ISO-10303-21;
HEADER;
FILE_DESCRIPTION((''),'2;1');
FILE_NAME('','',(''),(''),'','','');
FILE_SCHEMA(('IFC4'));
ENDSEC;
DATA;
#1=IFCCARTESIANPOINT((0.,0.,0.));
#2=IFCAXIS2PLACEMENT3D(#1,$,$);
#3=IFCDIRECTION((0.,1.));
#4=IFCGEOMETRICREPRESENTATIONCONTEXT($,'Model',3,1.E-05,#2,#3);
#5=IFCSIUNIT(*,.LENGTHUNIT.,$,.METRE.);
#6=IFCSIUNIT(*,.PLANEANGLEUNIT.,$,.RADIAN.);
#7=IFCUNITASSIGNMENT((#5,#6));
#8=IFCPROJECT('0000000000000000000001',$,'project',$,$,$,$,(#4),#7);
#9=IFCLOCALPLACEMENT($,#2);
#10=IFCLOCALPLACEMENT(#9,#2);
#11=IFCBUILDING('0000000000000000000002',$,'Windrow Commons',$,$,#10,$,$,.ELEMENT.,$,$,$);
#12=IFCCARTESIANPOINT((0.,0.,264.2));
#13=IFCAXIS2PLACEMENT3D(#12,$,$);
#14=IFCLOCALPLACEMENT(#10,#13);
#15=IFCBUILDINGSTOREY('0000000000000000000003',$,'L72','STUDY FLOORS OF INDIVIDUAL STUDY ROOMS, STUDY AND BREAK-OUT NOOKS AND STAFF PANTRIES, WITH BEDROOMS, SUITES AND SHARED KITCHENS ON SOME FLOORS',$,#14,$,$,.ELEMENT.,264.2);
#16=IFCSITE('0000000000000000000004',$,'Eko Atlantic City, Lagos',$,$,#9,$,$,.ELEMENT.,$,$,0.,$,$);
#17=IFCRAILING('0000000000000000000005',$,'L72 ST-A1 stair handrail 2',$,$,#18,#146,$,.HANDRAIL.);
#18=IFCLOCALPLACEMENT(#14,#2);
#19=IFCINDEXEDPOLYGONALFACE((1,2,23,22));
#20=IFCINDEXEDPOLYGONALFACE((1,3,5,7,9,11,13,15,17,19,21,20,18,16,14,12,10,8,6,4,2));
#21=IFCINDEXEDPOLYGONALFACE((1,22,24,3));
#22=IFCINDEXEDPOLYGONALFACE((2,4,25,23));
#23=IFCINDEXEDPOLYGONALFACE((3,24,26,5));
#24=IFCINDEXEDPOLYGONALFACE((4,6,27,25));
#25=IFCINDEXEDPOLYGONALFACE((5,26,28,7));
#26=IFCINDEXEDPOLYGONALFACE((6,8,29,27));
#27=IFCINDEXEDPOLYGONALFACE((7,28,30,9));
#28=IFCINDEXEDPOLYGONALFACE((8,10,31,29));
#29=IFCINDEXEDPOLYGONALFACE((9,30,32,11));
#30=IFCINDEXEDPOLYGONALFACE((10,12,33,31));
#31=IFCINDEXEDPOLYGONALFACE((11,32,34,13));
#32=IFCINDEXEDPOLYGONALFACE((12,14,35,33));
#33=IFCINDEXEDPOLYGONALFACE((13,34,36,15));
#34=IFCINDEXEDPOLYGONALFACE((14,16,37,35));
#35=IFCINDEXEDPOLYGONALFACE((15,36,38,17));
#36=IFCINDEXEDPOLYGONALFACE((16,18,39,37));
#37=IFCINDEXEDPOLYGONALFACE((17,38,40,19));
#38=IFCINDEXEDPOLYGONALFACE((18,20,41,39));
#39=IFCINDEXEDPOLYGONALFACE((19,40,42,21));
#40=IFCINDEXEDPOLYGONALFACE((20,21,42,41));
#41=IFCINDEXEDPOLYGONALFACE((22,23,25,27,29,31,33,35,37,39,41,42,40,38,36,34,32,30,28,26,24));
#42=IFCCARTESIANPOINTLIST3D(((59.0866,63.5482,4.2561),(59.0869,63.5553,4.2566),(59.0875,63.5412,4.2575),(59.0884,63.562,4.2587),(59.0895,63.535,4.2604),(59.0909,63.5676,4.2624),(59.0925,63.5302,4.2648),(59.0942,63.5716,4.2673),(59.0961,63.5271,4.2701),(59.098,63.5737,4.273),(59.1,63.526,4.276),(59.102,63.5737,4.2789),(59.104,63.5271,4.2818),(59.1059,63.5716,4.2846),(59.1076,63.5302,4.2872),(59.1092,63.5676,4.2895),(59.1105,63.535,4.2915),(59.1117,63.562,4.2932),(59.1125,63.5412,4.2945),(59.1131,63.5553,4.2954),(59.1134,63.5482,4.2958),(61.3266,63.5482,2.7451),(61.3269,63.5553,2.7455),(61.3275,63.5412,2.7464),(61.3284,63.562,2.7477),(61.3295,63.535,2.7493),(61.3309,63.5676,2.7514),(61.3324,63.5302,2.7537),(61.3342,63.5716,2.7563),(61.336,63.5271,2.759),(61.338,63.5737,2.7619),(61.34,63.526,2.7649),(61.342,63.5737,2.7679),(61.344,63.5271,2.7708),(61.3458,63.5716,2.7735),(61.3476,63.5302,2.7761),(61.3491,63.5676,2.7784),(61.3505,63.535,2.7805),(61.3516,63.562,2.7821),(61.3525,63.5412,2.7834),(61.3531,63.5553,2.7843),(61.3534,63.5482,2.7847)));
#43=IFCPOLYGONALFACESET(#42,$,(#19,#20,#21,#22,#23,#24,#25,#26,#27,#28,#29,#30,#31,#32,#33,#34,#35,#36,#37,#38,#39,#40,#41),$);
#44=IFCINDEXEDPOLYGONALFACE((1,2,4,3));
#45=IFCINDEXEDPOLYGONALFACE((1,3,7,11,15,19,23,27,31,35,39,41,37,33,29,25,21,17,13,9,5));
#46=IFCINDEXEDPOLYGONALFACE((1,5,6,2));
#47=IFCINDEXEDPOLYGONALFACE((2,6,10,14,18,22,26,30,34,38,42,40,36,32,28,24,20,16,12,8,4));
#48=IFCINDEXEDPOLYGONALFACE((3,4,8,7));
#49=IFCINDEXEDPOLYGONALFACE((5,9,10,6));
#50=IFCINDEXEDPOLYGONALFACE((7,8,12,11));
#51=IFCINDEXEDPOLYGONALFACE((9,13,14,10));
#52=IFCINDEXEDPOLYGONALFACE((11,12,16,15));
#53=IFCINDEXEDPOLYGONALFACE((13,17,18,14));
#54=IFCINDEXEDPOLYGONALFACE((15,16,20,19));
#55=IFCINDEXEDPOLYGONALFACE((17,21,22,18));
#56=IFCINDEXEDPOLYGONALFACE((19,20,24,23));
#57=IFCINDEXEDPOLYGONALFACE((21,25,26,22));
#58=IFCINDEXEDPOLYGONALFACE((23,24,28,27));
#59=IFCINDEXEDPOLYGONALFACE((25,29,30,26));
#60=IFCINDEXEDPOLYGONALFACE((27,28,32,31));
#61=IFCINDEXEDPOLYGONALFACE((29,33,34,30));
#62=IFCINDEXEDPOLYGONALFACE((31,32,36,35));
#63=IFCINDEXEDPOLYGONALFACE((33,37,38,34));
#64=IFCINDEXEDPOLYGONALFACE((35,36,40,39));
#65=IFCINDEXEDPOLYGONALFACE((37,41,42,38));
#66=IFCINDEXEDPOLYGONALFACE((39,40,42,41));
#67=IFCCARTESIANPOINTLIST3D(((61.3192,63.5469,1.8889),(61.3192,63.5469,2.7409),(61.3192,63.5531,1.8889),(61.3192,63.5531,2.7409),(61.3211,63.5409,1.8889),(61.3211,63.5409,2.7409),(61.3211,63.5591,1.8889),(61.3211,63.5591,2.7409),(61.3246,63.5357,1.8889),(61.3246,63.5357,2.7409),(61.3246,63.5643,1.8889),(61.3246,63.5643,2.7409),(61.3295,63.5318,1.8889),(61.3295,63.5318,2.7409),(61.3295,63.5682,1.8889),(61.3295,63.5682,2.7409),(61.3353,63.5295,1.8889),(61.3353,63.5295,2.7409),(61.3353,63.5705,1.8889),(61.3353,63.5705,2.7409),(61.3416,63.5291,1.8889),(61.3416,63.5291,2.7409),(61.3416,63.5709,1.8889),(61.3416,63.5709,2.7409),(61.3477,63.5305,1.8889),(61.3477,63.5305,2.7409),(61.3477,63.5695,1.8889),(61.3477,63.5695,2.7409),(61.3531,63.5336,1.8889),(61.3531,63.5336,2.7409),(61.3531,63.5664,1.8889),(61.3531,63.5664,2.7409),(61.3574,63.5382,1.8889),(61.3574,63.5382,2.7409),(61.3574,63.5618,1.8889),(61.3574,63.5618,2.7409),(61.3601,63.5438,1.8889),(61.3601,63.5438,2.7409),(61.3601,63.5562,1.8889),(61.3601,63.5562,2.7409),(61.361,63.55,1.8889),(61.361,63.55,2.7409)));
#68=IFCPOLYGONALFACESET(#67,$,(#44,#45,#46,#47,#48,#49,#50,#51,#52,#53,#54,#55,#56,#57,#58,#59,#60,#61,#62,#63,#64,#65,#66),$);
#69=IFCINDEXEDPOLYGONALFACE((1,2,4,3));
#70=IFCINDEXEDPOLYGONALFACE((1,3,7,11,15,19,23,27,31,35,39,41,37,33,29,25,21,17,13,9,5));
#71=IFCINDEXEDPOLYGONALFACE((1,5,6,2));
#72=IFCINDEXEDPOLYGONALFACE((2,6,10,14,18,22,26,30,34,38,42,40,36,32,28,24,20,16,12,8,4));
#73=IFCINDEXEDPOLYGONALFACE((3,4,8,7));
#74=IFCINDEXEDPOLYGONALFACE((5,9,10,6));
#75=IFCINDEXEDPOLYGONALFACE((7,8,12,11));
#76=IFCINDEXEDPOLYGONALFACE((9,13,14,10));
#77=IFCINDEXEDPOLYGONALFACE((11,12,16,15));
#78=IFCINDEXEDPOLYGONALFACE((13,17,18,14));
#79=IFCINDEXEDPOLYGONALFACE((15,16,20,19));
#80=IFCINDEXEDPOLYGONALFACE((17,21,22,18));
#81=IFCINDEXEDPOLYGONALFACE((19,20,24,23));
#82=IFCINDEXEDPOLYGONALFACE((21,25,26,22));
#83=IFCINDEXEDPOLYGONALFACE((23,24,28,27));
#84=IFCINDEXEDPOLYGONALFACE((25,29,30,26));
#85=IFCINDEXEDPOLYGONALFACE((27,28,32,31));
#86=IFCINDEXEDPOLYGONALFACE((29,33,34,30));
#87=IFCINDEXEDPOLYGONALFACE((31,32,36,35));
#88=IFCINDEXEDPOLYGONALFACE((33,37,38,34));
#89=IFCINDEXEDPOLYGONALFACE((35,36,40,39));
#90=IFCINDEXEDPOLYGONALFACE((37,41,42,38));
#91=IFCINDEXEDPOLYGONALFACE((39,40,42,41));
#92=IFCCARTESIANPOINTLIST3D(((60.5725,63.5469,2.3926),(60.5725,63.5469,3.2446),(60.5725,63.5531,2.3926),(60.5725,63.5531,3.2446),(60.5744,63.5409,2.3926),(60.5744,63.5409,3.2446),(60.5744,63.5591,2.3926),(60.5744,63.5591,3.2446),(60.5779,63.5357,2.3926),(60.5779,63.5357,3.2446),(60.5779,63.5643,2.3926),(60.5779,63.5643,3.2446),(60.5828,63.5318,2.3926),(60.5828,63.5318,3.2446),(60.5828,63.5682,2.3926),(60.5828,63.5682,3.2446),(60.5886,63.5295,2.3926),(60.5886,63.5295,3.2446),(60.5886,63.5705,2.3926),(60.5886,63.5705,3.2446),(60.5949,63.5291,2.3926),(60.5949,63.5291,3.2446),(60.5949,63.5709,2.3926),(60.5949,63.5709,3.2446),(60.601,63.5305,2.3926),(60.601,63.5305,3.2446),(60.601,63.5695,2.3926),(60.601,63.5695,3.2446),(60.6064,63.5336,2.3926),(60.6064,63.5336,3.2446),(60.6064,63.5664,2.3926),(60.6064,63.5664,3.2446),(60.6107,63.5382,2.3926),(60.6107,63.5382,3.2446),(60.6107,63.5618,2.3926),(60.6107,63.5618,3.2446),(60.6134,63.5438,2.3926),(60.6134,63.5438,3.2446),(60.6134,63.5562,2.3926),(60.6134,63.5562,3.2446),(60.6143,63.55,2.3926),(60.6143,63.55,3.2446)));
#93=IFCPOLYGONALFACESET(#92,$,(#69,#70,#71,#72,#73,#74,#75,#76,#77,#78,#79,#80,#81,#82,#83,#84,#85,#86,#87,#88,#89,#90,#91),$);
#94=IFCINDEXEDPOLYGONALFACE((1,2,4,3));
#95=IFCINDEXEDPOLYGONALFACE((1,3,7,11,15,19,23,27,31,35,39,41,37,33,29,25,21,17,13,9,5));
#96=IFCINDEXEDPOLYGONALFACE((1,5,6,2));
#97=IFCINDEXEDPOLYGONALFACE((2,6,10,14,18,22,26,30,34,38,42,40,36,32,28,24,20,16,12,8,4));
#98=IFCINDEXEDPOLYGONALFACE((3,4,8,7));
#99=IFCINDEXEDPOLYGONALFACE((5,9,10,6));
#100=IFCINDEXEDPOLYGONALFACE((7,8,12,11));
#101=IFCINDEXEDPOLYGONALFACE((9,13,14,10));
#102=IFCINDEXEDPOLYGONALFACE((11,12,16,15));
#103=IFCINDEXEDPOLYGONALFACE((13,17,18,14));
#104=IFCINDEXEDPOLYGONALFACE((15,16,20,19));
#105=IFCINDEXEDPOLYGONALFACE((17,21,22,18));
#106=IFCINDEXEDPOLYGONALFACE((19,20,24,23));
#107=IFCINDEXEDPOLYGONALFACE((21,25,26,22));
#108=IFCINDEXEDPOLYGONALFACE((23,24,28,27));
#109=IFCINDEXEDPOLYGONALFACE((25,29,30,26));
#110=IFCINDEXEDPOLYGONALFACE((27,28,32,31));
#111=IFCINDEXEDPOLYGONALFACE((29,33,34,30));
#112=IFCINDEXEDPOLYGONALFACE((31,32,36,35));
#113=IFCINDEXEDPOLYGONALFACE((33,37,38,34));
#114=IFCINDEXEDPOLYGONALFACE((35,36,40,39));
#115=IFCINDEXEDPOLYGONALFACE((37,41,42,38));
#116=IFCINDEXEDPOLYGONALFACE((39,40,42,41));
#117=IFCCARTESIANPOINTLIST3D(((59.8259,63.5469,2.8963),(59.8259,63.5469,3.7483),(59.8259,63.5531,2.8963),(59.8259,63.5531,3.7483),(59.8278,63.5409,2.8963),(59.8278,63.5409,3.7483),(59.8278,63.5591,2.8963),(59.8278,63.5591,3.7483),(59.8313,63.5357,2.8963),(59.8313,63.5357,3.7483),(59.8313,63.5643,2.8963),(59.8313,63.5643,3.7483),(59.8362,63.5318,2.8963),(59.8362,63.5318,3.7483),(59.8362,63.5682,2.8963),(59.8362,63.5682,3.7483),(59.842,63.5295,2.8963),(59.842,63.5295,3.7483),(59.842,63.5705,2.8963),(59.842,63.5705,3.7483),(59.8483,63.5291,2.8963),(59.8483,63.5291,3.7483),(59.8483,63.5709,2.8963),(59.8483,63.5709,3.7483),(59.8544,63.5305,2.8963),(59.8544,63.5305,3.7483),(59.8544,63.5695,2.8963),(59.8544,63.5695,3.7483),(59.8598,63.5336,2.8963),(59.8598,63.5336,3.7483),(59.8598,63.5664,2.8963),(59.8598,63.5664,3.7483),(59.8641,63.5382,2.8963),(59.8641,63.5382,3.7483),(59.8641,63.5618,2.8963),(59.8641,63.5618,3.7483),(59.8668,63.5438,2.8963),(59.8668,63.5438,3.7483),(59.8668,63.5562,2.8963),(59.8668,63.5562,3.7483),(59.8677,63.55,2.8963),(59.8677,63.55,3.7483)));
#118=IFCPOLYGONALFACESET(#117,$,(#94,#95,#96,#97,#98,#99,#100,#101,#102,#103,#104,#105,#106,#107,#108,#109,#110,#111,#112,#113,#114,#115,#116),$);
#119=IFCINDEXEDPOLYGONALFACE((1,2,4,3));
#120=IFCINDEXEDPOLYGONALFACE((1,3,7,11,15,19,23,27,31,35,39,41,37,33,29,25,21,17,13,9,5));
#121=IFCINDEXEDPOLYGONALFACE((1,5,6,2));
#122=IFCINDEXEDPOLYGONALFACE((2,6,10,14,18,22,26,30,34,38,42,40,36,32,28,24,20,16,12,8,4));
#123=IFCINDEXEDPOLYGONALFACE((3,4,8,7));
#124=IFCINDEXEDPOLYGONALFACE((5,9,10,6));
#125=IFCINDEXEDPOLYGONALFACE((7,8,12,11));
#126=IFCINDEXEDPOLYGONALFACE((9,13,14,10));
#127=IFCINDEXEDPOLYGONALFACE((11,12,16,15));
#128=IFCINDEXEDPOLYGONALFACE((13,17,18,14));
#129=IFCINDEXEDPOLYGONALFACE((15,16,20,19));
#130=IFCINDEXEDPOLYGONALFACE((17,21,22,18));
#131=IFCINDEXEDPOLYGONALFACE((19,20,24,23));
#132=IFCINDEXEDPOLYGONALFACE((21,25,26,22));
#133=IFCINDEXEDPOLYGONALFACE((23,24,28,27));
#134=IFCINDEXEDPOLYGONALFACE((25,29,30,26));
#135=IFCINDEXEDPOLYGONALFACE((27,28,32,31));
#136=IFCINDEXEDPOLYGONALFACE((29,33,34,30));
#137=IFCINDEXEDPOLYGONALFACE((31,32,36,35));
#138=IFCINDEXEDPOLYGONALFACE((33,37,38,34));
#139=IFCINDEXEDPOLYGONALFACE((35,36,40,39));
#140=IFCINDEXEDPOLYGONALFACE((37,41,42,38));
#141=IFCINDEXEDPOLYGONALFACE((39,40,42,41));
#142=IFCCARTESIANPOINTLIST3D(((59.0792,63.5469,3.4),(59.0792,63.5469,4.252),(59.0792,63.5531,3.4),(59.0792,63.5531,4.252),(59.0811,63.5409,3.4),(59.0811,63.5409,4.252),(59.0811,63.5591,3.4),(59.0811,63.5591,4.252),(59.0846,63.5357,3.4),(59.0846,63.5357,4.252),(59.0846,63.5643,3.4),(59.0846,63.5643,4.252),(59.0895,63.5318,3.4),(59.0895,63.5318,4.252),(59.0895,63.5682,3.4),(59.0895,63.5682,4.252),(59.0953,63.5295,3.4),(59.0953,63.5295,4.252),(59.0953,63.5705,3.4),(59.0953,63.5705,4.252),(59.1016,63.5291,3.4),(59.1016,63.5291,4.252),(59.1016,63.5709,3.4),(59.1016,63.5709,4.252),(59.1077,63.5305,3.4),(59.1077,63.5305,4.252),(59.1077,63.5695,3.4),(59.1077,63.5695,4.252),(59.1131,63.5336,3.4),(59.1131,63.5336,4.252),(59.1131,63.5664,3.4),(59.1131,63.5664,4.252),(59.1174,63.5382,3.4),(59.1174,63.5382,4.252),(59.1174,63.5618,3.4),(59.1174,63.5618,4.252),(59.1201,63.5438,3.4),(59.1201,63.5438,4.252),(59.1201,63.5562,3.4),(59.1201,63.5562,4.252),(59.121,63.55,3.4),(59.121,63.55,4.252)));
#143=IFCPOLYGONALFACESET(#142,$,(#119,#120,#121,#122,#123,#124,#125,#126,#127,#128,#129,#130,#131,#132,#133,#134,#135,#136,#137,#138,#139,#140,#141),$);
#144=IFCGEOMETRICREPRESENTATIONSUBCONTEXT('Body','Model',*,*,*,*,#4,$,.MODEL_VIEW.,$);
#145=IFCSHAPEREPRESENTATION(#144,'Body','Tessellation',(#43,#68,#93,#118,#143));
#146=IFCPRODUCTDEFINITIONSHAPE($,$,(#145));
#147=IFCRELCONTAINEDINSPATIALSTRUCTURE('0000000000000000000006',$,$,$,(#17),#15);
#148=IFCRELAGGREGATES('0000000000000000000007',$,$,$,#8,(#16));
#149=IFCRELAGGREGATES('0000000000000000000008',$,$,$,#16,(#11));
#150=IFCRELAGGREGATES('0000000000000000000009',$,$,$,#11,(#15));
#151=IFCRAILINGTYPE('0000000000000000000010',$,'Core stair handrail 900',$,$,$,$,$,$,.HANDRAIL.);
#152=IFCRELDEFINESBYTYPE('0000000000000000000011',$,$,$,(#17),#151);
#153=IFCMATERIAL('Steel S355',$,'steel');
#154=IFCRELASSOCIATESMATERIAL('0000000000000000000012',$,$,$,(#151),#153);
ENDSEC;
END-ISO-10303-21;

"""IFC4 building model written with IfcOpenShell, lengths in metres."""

from ifc_helpers import new_model, si_unit, direction, frame, origin, origin_2d, place, context, subcontext, project, spatial, circle, extrude, material, type_object, element, save


model = new_model("IFC4")

# Units and contexts
model_context = context("Model", 3, precision=1e-05, world=origin(), true_north=direction((0.0, 1.0)))
body_context = subcontext(model_context, "Body", "Model", "MODEL_VIEW")
ifc_project = project(units=[si_unit("LENGTHUNIT", "METRE"), si_unit("PLANEANGLEUNIT", "RADIAN")], contexts=[model_context])

# Site, building, storey
site_placement = place(None, origin())
site = spatial("IfcSite", under=ifc_project, at=site_placement, Name="Eko Atlantic City, Lagos", CompositionType="ELEMENT", RefElevation=0.0)
building_placement = place(site_placement, origin())
building = spatial("IfcBuilding", under=site, at=building_placement, Name="Windrow Commons", CompositionType="ELEMENT")
storey_placement = place(building_placement, frame((0.0, 0.0, 264.2)))
storey = spatial("IfcBuildingStorey", under=building, at=storey_placement, Name="L72", Description="STUDY FLOORS OF INDIVIDUAL STUDY ROOMS, STUDY AND BREAK-OUT NOOKS AND STAFF PANTRIES, WITH BEDROOMS, SUITES AND SHARED KITCHENS ON SOME FLOORS", CompositionType="ELEMENT", Elevation=264.2)

# Railing
ifc_material_1 = material(Name="Steel S355", Category="steel")
railing_type_1 = type_object("IfcRailingType", Name="Core stair handrail 900", PredefinedType="HANDRAIL", material=ifc_material_1)
railing_1_placement = place(storey_placement, frame((61.34, 63.55, 1.8889)))
element("IfcRailing", 1, at=railing_1_placement, inside=storey, type_object=railing_type_1, Name="L72 ST-A1 stair handrail 2", PredefinedType="HANDRAIL", context=body_context, shape_type="SweptSolid", body=[
    extrude(circle(Radius=0.024, at=origin_2d()), frame((0.0, 0.0, 0.876), z_axis=(-0.829003, 0.0, 0.559244), x_axis=(0.0, -1.0, 0.0)), (0.0, 0.0, 1.0), 2.702),
    extrude(circle(Radius=0.021, at=origin_2d()), origin(), (0.0, 0.0, 1.0), 0.852),
    extrude(circle(Radius=0.021, at=origin_2d()), frame((-0.7467, 0.0, 0.5037)), (0.0, 0.0, 1.0), 0.852),
    extrude(circle(Radius=0.021, at=origin_2d()), frame((-1.4933, 0.0, 1.0074)), (0.0, 0.0, 1.0), 0.852),
    extrude(circle(Radius=0.021, at=origin_2d()), frame((-2.24, 0.0, 1.5111)), (0.0, 0.0, 1.0), 0.852),
])

save(model, "model.ifc")
